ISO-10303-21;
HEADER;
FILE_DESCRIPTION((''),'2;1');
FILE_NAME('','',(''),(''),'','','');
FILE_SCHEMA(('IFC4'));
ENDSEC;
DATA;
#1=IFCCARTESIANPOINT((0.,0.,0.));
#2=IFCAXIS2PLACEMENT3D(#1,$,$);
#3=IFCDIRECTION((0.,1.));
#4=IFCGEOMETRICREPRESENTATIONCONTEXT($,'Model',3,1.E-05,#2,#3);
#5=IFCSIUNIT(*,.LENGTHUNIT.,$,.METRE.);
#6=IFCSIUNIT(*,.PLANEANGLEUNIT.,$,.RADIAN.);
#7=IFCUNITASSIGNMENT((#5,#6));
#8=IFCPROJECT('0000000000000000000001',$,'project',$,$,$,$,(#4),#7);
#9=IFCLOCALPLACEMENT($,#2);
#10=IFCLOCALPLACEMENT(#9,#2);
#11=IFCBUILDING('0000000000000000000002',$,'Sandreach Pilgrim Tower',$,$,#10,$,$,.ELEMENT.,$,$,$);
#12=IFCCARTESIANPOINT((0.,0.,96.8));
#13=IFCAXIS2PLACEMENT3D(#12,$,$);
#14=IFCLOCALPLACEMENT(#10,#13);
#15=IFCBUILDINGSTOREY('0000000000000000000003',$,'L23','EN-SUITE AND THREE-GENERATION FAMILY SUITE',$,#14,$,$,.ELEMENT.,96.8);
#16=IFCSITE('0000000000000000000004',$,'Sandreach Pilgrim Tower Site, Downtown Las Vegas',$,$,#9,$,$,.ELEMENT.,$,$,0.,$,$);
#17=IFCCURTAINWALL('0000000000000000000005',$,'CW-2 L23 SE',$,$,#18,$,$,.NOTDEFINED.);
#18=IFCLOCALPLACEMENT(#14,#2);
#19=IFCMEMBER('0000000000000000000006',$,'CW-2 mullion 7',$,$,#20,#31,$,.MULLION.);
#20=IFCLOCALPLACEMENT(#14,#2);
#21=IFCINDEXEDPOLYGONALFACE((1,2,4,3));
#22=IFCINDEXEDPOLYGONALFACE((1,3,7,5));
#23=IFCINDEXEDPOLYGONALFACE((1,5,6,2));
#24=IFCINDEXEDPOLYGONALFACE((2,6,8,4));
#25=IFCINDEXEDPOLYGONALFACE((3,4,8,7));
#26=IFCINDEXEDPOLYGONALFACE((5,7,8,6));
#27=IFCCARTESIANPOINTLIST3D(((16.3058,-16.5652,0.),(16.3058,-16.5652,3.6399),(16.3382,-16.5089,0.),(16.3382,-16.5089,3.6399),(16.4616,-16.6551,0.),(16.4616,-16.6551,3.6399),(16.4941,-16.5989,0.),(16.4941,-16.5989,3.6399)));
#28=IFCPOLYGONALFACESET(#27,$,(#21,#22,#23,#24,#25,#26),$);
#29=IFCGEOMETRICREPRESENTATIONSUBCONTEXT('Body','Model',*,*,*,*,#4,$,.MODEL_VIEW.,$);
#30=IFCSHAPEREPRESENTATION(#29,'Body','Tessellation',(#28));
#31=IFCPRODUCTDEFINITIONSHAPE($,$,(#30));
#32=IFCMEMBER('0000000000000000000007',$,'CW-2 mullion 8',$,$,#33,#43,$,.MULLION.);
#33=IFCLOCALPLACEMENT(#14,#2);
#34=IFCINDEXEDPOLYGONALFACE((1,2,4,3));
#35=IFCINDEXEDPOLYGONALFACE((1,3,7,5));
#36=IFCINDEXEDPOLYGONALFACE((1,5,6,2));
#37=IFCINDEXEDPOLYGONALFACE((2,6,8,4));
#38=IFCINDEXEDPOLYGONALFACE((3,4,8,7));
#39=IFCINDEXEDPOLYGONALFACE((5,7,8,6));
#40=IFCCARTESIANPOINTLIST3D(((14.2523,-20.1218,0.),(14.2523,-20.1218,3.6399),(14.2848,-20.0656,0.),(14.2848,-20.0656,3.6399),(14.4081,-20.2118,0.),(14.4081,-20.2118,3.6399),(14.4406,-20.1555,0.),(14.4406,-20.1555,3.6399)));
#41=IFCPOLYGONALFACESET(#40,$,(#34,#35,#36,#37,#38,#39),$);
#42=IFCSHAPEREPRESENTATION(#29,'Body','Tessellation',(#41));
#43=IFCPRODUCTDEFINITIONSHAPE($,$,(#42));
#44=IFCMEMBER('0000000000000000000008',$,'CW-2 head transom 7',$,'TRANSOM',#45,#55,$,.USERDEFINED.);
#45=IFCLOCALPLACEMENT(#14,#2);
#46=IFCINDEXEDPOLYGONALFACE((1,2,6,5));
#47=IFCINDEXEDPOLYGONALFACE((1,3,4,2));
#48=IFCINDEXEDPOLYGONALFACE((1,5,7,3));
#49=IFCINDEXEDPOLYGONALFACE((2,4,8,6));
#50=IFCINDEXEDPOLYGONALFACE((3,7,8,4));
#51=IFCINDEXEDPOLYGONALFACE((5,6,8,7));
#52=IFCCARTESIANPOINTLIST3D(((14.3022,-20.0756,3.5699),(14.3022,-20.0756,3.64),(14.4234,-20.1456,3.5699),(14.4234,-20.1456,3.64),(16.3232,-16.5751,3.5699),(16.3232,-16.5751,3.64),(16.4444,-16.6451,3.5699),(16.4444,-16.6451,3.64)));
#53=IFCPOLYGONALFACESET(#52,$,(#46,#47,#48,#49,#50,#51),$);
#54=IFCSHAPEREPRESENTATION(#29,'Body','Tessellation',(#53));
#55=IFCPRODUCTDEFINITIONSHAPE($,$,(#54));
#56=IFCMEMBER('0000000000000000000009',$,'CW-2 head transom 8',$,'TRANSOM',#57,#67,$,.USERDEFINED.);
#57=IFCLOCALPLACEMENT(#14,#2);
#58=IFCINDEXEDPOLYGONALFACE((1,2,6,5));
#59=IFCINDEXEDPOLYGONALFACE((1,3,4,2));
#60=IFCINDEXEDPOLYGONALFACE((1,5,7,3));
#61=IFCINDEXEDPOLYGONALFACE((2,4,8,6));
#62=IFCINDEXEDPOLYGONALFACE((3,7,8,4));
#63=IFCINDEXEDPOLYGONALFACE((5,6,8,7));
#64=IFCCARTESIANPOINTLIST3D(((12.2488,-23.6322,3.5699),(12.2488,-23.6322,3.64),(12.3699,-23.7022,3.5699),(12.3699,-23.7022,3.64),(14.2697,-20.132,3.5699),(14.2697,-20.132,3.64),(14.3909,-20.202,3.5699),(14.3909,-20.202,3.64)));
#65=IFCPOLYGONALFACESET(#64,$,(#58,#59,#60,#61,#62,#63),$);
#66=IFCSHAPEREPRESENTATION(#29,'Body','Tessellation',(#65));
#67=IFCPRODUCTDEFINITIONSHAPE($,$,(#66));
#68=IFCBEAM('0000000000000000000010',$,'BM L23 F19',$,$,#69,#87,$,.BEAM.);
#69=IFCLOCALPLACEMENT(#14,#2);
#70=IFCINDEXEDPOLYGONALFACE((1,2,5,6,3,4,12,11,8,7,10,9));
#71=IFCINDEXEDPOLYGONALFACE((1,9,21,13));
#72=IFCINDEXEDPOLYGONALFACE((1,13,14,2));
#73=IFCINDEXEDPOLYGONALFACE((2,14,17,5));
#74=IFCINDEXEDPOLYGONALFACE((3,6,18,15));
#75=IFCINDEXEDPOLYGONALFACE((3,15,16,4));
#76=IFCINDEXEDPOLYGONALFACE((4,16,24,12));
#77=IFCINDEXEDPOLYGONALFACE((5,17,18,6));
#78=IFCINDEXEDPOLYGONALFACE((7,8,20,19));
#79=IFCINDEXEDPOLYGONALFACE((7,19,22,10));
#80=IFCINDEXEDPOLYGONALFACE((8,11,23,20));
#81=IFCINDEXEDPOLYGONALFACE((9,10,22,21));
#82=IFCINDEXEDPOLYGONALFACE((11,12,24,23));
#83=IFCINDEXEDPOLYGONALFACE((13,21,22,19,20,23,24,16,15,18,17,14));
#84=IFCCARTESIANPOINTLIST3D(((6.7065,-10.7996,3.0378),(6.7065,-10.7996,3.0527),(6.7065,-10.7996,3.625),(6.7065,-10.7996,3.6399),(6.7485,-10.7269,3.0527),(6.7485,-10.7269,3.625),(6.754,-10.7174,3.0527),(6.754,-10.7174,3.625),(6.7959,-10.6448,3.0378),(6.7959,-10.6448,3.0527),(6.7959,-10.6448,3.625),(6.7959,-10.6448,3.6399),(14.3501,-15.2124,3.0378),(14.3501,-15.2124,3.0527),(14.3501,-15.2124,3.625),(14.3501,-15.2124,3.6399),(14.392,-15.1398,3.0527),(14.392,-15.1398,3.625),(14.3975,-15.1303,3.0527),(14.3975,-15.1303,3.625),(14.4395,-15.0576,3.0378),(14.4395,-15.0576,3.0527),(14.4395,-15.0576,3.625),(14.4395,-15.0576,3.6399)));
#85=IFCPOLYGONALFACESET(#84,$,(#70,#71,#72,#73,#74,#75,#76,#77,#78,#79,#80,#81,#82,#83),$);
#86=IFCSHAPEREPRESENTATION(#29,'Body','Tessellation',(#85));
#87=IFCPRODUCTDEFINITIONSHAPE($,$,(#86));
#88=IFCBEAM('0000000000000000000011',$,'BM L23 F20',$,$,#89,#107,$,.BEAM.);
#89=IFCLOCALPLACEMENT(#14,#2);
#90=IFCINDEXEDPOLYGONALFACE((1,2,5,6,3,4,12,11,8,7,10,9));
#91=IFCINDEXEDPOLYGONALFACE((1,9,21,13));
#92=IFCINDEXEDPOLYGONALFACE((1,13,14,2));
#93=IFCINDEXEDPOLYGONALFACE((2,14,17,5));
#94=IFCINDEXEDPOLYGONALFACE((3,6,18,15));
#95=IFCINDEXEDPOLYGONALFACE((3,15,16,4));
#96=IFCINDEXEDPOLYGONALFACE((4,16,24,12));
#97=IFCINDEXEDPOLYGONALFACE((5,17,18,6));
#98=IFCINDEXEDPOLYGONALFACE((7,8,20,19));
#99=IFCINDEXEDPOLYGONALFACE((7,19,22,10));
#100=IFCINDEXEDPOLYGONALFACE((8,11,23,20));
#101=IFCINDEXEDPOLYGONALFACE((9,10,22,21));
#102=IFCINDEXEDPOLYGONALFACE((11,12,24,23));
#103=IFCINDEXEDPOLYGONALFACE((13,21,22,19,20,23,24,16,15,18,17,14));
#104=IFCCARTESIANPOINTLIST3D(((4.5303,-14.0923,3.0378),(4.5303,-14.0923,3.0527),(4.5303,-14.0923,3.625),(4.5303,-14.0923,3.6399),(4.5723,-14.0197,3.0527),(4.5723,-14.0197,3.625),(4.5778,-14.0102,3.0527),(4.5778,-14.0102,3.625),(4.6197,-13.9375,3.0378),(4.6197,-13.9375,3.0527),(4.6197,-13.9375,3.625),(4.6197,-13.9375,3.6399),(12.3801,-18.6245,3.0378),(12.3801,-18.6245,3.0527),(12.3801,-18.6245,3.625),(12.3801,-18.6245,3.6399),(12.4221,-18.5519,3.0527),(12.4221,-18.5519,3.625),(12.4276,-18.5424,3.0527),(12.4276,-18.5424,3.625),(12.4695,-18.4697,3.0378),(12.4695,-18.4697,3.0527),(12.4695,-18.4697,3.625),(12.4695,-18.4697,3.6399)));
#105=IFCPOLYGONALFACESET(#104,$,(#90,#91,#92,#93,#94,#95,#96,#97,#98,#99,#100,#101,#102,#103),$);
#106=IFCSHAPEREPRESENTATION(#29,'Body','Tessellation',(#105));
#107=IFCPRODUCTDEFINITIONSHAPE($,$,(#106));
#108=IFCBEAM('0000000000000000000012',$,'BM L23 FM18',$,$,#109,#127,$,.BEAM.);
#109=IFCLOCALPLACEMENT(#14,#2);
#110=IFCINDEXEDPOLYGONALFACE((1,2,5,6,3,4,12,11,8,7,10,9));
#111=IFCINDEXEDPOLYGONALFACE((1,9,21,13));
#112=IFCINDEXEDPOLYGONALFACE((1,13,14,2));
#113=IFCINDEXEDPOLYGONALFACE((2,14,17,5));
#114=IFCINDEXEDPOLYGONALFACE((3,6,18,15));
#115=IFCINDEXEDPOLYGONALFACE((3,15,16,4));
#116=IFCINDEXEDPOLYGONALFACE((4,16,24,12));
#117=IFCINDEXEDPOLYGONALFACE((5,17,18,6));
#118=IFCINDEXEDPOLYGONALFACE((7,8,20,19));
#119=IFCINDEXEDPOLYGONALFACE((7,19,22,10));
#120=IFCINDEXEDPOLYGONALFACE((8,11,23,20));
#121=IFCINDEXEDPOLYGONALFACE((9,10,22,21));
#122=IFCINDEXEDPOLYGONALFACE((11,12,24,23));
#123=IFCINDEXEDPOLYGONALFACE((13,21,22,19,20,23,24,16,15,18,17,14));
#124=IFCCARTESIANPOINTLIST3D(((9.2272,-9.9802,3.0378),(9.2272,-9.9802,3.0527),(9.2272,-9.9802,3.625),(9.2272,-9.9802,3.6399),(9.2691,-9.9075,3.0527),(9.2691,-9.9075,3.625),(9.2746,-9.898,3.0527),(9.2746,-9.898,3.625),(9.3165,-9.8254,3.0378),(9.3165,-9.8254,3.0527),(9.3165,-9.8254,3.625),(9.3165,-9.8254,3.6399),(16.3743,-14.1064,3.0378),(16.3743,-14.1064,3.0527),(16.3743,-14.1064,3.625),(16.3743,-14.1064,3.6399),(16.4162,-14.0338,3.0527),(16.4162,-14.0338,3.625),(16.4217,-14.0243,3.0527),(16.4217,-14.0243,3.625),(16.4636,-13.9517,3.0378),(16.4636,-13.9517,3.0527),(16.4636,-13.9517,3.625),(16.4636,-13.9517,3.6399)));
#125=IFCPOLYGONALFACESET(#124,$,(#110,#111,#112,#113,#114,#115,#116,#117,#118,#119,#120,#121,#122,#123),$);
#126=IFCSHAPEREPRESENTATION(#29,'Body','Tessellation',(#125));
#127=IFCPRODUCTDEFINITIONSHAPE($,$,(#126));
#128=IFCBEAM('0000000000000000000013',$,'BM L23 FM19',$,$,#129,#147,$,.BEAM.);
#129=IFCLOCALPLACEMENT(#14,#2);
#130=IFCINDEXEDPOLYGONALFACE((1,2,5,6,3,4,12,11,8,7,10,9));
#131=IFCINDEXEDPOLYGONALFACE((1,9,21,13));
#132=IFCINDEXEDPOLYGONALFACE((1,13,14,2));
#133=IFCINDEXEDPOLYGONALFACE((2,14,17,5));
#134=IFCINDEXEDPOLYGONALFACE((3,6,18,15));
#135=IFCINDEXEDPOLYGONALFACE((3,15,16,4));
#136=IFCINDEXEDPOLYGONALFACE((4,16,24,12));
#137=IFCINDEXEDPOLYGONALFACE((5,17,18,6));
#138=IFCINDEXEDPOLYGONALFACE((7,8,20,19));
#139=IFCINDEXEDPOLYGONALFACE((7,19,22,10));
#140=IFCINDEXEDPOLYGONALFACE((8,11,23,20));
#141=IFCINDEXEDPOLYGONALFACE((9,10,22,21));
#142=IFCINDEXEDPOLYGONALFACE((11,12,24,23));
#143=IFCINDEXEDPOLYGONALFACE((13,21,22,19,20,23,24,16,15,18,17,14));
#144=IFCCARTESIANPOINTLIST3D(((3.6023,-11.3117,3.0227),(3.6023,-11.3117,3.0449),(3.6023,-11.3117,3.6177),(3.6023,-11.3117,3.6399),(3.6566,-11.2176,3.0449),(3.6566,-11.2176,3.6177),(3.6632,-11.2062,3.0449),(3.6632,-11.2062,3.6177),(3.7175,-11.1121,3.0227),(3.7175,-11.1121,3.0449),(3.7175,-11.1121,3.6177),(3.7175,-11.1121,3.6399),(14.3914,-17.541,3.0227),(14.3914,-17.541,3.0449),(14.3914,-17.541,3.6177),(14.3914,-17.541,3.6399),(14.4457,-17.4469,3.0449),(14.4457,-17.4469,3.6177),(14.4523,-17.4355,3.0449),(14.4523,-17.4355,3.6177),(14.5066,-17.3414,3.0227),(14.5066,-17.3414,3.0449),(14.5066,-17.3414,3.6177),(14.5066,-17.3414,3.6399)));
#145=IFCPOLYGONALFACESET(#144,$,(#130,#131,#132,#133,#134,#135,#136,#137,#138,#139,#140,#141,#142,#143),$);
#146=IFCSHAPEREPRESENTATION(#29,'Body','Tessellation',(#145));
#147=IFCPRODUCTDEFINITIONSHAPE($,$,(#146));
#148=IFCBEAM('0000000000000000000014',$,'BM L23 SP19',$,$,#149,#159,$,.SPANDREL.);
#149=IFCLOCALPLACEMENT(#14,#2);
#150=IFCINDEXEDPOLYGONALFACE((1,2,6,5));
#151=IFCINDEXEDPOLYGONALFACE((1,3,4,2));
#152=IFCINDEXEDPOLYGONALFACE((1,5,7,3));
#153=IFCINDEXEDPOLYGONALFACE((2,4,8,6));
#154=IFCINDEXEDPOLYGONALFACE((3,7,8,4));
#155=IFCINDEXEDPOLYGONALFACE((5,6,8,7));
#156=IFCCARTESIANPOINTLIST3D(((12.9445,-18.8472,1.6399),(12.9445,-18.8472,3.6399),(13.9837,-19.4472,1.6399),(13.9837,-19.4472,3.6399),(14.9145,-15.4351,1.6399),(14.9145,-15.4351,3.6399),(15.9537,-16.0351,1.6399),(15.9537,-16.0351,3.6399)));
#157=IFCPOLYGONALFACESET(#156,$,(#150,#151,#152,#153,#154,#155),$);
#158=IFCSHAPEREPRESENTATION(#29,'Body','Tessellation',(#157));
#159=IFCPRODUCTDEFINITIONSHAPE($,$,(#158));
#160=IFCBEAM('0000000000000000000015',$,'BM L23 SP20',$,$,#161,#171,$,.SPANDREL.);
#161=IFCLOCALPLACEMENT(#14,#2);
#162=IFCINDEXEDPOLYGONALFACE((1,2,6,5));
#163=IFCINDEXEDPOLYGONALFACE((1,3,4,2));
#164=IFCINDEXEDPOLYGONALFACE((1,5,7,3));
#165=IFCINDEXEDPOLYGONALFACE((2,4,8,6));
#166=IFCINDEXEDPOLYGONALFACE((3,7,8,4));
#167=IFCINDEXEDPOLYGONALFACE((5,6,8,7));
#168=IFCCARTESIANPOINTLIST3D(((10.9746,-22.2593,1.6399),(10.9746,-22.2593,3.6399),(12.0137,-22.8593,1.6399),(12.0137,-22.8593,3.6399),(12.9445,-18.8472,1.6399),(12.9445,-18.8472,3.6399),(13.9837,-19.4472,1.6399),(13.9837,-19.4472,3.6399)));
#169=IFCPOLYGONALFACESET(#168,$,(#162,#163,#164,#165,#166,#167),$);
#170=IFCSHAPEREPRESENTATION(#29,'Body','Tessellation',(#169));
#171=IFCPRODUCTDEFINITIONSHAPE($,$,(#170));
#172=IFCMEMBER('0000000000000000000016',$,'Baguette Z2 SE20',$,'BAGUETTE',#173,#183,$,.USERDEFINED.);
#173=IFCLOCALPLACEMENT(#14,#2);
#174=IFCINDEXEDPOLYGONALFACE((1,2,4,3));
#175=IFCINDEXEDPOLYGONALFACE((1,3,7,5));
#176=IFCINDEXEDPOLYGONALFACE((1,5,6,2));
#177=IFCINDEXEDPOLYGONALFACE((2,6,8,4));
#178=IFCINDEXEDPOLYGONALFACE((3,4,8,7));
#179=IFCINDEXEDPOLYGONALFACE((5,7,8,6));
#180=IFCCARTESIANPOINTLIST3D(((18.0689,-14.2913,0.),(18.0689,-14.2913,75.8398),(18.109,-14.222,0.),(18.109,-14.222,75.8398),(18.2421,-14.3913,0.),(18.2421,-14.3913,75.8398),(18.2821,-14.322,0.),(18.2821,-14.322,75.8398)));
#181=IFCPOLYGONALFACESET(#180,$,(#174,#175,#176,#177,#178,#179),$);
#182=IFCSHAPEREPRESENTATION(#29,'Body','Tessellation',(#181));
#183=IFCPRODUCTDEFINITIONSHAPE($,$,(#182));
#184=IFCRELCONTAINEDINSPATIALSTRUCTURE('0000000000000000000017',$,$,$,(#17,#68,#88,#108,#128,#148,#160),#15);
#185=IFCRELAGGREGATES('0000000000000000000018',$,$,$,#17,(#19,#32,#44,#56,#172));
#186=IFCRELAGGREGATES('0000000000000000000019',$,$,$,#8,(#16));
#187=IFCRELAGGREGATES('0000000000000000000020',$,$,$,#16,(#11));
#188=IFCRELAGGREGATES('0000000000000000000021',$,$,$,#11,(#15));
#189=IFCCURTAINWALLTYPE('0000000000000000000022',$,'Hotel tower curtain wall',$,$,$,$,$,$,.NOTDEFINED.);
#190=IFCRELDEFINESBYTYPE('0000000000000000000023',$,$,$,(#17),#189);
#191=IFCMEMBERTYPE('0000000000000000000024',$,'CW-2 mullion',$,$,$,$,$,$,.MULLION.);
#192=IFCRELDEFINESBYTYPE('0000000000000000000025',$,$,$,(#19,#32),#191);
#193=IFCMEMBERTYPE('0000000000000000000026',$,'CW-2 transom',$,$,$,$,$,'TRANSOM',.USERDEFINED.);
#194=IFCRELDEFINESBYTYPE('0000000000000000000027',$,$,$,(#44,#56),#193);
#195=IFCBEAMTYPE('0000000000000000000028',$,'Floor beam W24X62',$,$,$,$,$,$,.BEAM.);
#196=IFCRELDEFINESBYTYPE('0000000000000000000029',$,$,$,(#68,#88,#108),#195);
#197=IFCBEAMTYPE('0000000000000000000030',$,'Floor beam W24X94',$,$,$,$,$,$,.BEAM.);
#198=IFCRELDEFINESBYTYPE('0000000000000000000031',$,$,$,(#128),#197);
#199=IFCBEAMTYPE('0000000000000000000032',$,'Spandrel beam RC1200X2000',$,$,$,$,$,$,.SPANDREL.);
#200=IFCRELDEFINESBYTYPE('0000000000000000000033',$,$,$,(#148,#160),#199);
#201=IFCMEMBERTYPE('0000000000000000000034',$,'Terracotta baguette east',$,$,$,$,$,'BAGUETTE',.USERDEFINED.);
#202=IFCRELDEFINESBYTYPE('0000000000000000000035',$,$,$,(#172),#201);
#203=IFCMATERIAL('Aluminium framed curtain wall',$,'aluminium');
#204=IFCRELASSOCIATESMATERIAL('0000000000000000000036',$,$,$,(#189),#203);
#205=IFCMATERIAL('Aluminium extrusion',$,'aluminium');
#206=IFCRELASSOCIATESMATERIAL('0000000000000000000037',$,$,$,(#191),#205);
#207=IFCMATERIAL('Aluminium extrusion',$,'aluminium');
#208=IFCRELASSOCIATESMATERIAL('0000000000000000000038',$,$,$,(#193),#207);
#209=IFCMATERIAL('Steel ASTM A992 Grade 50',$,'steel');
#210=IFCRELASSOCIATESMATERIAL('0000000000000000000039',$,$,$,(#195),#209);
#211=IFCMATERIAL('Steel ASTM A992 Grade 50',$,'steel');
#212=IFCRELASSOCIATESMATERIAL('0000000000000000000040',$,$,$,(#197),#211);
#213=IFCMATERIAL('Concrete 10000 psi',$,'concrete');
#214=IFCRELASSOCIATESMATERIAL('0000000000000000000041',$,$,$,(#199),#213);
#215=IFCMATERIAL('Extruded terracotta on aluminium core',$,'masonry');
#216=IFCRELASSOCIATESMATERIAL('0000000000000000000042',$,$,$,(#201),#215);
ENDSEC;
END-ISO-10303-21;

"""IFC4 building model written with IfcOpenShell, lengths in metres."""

from ifc_helpers import new_model, si_unit, direction, frame, origin, origin_2d, place, context, subcontext, project, spatial, rectangle, i_section, extrude, material, material_profile, profile_set, type_object, element, aggregate, save


model = new_model("IFC4")

# Units and contexts
model_context = context("Model", 3, precision=1e-05, world=origin(), true_north=direction((0.0, 1.0)))
body_context = subcontext(model_context, "Body", "Model", "MODEL_VIEW")
ifc_project = project(units=[si_unit("LENGTHUNIT", "METRE"), si_unit("PLANEANGLEUNIT", "RADIAN")], contexts=[model_context])

# Site, building, storey
site_placement = place(None, origin())
site = spatial("IfcSite", under=ifc_project, at=site_placement, Name="Sandreach Pilgrim Tower Site, Downtown Las Vegas", CompositionType="ELEMENT", RefElevation=0.0)
building_placement = place(site_placement, origin())
building = spatial("IfcBuilding", under=site, at=building_placement, Name="Sandreach Pilgrim Tower", CompositionType="ELEMENT")
storey_placement = place(building_placement, frame((0.0, 0.0, 96.8)))
storey = spatial("IfcBuildingStorey", under=building, at=storey_placement, Name="L23", Description="EN-SUITE AND THREE-GENERATION FAMILY SUITE", CompositionType="ELEMENT", Elevation=96.8)

# Curtain wall, members
ifc_material_1 = material(Name="Aluminium framed curtain wall", Category="aluminium")
curtain_wall_type = type_object("IfcCurtainWallType", Name="Hotel tower curtain wall", PredefinedType="NOTDEFINED", material=ifc_material_1)
curtain_wall_placement = place(storey_placement, origin())
curtain_wall = element("IfcCurtainWall", 1, at=curtain_wall_placement, inside=storey, type_object=curtain_wall_type, Name="CW-2 L23 SE", PredefinedType="NOTDEFINED")
ifc_material_2 = material(Name="Aluminium extrusion", Category="aluminium")
ifc_material_profile_1 = material_profile(ifc_material_2, rectangle(XDim=0.0649, YDim=0.1799, at=origin_2d()), Name="CW-2M 65X180")
ifc_profile_set_1 = profile_set([ifc_material_profile_1], Name="Aluminium extrusion")
member_type_1 = type_object("IfcMemberType", Name="CW-2 mullion", PredefinedType="MULLION", material=ifc_profile_set_1)
member_1_placement = place(storey_placement, frame((16.3999, -16.582, 0.0), z_axis=(0.0, 0.0, 1.0), x_axis=(-0.5, -0.866025, 0.0)))
member_1 = element("IfcMember", 2, at=member_1_placement, type_object=member_type_1, Name="CW-2 mullion 7", PredefinedType="MULLION", context=body_context, shape_type="SweptSolid", body=[
    extrude(rectangle(XDim=0.0649, YDim=0.1799, at=origin_2d()), origin(), (0.0, 0.0, 1.0), 3.6399),
])
member_2_placement = place(storey_placement, frame((14.3464, -20.1387, 0.0), z_axis=(0.0, 0.0, 1.0), x_axis=(-0.5, -0.866025, 0.0)))
member_2 = element("IfcMember", 3, at=member_2_placement, type_object=member_type_1, Name="CW-2 mullion 8", PredefinedType="MULLION", context=body_context, shape_type="SweptSolid", body=[
    extrude(rectangle(XDim=0.0649, YDim=0.1799, at=origin_2d()), origin(), (0.0, 0.0, 1.0), 3.6399),
])
ifc_material_3 = material(Name="Aluminium extrusion", Category="aluminium")
ifc_material_profile_2 = material_profile(ifc_material_3, rectangle(XDim=0.1399, YDim=0.0701, at=origin_2d()), Name="CW-2T 140X70")
ifc_profile_set_2 = profile_set([ifc_material_profile_2], Name="Aluminium extrusion")
member_type_2 = type_object("IfcMemberType", Name="CW-2 transom", ElementType="TRANSOM", PredefinedType="USERDEFINED", material=ifc_profile_set_2)
member_3_placement = place(storey_placement, frame((16.3838, -16.6101, 3.605), z_axis=(-0.499998, -0.866027, 0.0), x_axis=(0.866027, -0.499998, 0.0)))
member_3 = element("IfcMember", 4, at=member_3_placement, type_object=member_type_2, Name="CW-2 head transom 7", ObjectType="TRANSOM", PredefinedType="USERDEFINED", context=body_context, shape_type="SweptSolid", body=[
    extrude(rectangle(XDim=0.1399, YDim=0.0701, at=origin_2d()), origin(), (0.0, 0.0, 1.0), 4.042),
])
member_4_placement = place(storey_placement, frame((14.3303, -20.167, 3.605), z_axis=(-0.500024, -0.866012, 0.0), x_axis=(0.866012, -0.500024, 0.0)))
member_4 = element("IfcMember", 5, at=member_4_placement, type_object=member_type_2, Name="CW-2 head transom 8", ObjectType="TRANSOM", PredefinedType="USERDEFINED", context=body_context, shape_type="SweptSolid", body=[
    extrude(rectangle(XDim=0.1399, YDim=0.0701, at=origin_2d()), origin(), (0.0, 0.0, 1.0), 4.0417),
])

# Beams
ifc_material_4 = material(Name="Steel ASTM A992 Grade 50", Category="steel")
ifc_material_profile_3 = material_profile(ifc_material_4, i_section(OverallWidth=0.1787, OverallDepth=0.6021, WebThickness=0.011, FlangeThickness=0.0149, at=origin_2d()), Name="W24X62")
ifc_profile_set_3 = profile_set([ifc_material_profile_3], Name="Steel ASTM A992 Grade 50")
beam_type_1 = type_object("IfcBeamType", Name="Floor beam W24X62", PredefinedType="BEAM", material=ifc_profile_set_3)
beam_1_placement = place(storey_placement, frame((14.3948, -15.135, 3.3389), z_axis=(-0.866034, 0.499986, 0.0), x_axis=(-0.499986, -0.866034, 0.0)))
element("IfcBeam", 6, at=beam_1_placement, inside=storey, type_object=beam_type_1, Name="BM L23 F19", PredefinedType="BEAM", context=body_context, shape_type="SweptSolid", body=[
    extrude(i_section(OverallWidth=0.1787, OverallDepth=0.6021, WebThickness=0.011, FlangeThickness=0.0149, at=origin_2d()), origin(), (0.0, 0.0, 1.0), 8.8259),
])
beam_2_placement = place(storey_placement, frame((12.4248, -18.5471, 3.3389), z_axis=(-0.86602, 0.500009, 0.0), x_axis=(-0.500009, -0.86602, 0.0)))
element("IfcBeam", 7, at=beam_2_placement, inside=storey, type_object=beam_type_1, Name="BM L23 F20", PredefinedType="BEAM", context=body_context, shape_type="SweptSolid", body=[
    extrude(i_section(OverallWidth=0.1787, OverallDepth=0.6021, WebThickness=0.011, FlangeThickness=0.0149, at=origin_2d()), origin(), (0.0, 0.0, 1.0), 9.0642),
])
beam_3_placement = place(storey_placement, frame((16.4189, -14.0291, 3.3389), z_axis=(-0.86603, 0.499992, 0.0), x_axis=(-0.499992, -0.86603, 0.0)))
element("IfcBeam", 8, at=beam_3_placement, inside=storey, type_object=beam_type_1, Name="BM L23 FM18", PredefinedType="BEAM", context=body_context, shape_type="SweptSolid", body=[
    extrude(i_section(OverallWidth=0.1787, OverallDepth=0.6021, WebThickness=0.011, FlangeThickness=0.0149, at=origin_2d()), origin(), (0.0, 0.0, 1.0), 8.2527),
])
ifc_material_5 = material(Name="Steel ASTM A992 Grade 50", Category="steel")
ifc_material_profile_4 = material_profile(ifc_material_5, i_section(OverallWidth=0.2305, OverallDepth=0.6172, WebThickness=0.0132, FlangeThickness=0.0222, at=origin_2d()), Name="W24X94")
ifc_profile_set_4 = profile_set([ifc_material_profile_4], Name="Steel ASTM A992 Grade 50")
beam_type_2 = type_object("IfcBeamType", Name="Floor beam W24X94", PredefinedType="BEAM", material=ifc_profile_set_4)
beam_4_placement = place(storey_placement, frame((14.449, -17.4412, 3.3313), z_axis=(-0.866019, 0.500011, 0.0), x_axis=(-0.500011, -0.866019, 0.0)))
element("IfcBeam", 9, at=beam_4_placement, inside=storey, type_object=beam_type_2, Name="BM L23 FM19", PredefinedType="BEAM", context=body_context, shape_type="SweptSolid", body=[
    extrude(i_section(OverallWidth=0.2305, OverallDepth=0.6172, WebThickness=0.0132, FlangeThickness=0.0222, at=origin_2d()), origin(), (0.0, 0.0, 1.0), 12.4583),
])
ifc_material_6 = material(Name="Concrete 10000 psi", Category="concrete")
ifc_material_profile_5 = material_profile(ifc_material_6, rectangle(XDim=1.2, YDim=2.0, at=origin_2d()), Name="RC1200X2000")
ifc_profile_set_5 = profile_set([ifc_material_profile_5], Name="Concrete 10000 psi")
beam_type_3 = type_object("IfcBeamType", Name="Spandrel beam RC1200X2000", PredefinedType="SPANDREL", material=ifc_profile_set_5)
for number, where, z_axis, x_axis, name in (
    (10, (15.4341, -15.7351, 2.6399), (-0.499998, -0.866027, 0.0), (0.866027, -0.499998, 0.0), "BM L23 SP19"),
    (11, (13.4641, -19.1472, 2.6399), (-0.499998, -0.866027, 0.0), (0.866027, -0.499998, 0.0), "BM L23 SP20"),
):
    element("IfcBeam", number, at=place(storey_placement, frame(where, z_axis=z_axis, x_axis=x_axis)), inside=storey, type_object=beam_type_3, Name=name, PredefinedType="SPANDREL", context=body_context, shape_type="SweptSolid", body=[
        extrude(rectangle(XDim=1.2, YDim=2.0, at=origin_2d()), origin(), (0.0, 0.0, 1.0), 3.9399),
    ])

# Member
ifc_material_7 = material(Name="Extruded terracotta on aluminium core", Category="masonry")
ifc_material_profile_6 = material_profile(ifc_material_7, rectangle(XDim=0.0801, YDim=0.2, at=origin_2d()), Name="TBE 80X200")
ifc_profile_set_6 = profile_set([ifc_material_profile_6], Name="Extruded terracotta on aluminium core")
member_type_3 = type_object("IfcMemberType", Name="Terracotta baguette east", ElementType="BAGUETTE", PredefinedType="USERDEFINED", material=ifc_profile_set_6)
member_5_placement = place(storey_placement, frame((18.1755, -14.3066, 0.0), z_axis=(0.0, 0.0, 1.0), x_axis=(-0.5, -0.866025, 0.0)))
member_5 = element("IfcMember", 12, at=member_5_placement, type_object=member_type_3, Name="Baguette Z2 SE20", ObjectType="BAGUETTE", PredefinedType="USERDEFINED", context=body_context, shape_type="SweptSolid", body=[
    extrude(rectangle(XDim=0.0801, YDim=0.2, at=origin_2d()), origin(), (0.0, 0.0, 1.0), 75.8398),
])

aggregate(curtain_wall, [member_1, member_2, member_3, member_4, member_5])

save(model, "model.ifc")
